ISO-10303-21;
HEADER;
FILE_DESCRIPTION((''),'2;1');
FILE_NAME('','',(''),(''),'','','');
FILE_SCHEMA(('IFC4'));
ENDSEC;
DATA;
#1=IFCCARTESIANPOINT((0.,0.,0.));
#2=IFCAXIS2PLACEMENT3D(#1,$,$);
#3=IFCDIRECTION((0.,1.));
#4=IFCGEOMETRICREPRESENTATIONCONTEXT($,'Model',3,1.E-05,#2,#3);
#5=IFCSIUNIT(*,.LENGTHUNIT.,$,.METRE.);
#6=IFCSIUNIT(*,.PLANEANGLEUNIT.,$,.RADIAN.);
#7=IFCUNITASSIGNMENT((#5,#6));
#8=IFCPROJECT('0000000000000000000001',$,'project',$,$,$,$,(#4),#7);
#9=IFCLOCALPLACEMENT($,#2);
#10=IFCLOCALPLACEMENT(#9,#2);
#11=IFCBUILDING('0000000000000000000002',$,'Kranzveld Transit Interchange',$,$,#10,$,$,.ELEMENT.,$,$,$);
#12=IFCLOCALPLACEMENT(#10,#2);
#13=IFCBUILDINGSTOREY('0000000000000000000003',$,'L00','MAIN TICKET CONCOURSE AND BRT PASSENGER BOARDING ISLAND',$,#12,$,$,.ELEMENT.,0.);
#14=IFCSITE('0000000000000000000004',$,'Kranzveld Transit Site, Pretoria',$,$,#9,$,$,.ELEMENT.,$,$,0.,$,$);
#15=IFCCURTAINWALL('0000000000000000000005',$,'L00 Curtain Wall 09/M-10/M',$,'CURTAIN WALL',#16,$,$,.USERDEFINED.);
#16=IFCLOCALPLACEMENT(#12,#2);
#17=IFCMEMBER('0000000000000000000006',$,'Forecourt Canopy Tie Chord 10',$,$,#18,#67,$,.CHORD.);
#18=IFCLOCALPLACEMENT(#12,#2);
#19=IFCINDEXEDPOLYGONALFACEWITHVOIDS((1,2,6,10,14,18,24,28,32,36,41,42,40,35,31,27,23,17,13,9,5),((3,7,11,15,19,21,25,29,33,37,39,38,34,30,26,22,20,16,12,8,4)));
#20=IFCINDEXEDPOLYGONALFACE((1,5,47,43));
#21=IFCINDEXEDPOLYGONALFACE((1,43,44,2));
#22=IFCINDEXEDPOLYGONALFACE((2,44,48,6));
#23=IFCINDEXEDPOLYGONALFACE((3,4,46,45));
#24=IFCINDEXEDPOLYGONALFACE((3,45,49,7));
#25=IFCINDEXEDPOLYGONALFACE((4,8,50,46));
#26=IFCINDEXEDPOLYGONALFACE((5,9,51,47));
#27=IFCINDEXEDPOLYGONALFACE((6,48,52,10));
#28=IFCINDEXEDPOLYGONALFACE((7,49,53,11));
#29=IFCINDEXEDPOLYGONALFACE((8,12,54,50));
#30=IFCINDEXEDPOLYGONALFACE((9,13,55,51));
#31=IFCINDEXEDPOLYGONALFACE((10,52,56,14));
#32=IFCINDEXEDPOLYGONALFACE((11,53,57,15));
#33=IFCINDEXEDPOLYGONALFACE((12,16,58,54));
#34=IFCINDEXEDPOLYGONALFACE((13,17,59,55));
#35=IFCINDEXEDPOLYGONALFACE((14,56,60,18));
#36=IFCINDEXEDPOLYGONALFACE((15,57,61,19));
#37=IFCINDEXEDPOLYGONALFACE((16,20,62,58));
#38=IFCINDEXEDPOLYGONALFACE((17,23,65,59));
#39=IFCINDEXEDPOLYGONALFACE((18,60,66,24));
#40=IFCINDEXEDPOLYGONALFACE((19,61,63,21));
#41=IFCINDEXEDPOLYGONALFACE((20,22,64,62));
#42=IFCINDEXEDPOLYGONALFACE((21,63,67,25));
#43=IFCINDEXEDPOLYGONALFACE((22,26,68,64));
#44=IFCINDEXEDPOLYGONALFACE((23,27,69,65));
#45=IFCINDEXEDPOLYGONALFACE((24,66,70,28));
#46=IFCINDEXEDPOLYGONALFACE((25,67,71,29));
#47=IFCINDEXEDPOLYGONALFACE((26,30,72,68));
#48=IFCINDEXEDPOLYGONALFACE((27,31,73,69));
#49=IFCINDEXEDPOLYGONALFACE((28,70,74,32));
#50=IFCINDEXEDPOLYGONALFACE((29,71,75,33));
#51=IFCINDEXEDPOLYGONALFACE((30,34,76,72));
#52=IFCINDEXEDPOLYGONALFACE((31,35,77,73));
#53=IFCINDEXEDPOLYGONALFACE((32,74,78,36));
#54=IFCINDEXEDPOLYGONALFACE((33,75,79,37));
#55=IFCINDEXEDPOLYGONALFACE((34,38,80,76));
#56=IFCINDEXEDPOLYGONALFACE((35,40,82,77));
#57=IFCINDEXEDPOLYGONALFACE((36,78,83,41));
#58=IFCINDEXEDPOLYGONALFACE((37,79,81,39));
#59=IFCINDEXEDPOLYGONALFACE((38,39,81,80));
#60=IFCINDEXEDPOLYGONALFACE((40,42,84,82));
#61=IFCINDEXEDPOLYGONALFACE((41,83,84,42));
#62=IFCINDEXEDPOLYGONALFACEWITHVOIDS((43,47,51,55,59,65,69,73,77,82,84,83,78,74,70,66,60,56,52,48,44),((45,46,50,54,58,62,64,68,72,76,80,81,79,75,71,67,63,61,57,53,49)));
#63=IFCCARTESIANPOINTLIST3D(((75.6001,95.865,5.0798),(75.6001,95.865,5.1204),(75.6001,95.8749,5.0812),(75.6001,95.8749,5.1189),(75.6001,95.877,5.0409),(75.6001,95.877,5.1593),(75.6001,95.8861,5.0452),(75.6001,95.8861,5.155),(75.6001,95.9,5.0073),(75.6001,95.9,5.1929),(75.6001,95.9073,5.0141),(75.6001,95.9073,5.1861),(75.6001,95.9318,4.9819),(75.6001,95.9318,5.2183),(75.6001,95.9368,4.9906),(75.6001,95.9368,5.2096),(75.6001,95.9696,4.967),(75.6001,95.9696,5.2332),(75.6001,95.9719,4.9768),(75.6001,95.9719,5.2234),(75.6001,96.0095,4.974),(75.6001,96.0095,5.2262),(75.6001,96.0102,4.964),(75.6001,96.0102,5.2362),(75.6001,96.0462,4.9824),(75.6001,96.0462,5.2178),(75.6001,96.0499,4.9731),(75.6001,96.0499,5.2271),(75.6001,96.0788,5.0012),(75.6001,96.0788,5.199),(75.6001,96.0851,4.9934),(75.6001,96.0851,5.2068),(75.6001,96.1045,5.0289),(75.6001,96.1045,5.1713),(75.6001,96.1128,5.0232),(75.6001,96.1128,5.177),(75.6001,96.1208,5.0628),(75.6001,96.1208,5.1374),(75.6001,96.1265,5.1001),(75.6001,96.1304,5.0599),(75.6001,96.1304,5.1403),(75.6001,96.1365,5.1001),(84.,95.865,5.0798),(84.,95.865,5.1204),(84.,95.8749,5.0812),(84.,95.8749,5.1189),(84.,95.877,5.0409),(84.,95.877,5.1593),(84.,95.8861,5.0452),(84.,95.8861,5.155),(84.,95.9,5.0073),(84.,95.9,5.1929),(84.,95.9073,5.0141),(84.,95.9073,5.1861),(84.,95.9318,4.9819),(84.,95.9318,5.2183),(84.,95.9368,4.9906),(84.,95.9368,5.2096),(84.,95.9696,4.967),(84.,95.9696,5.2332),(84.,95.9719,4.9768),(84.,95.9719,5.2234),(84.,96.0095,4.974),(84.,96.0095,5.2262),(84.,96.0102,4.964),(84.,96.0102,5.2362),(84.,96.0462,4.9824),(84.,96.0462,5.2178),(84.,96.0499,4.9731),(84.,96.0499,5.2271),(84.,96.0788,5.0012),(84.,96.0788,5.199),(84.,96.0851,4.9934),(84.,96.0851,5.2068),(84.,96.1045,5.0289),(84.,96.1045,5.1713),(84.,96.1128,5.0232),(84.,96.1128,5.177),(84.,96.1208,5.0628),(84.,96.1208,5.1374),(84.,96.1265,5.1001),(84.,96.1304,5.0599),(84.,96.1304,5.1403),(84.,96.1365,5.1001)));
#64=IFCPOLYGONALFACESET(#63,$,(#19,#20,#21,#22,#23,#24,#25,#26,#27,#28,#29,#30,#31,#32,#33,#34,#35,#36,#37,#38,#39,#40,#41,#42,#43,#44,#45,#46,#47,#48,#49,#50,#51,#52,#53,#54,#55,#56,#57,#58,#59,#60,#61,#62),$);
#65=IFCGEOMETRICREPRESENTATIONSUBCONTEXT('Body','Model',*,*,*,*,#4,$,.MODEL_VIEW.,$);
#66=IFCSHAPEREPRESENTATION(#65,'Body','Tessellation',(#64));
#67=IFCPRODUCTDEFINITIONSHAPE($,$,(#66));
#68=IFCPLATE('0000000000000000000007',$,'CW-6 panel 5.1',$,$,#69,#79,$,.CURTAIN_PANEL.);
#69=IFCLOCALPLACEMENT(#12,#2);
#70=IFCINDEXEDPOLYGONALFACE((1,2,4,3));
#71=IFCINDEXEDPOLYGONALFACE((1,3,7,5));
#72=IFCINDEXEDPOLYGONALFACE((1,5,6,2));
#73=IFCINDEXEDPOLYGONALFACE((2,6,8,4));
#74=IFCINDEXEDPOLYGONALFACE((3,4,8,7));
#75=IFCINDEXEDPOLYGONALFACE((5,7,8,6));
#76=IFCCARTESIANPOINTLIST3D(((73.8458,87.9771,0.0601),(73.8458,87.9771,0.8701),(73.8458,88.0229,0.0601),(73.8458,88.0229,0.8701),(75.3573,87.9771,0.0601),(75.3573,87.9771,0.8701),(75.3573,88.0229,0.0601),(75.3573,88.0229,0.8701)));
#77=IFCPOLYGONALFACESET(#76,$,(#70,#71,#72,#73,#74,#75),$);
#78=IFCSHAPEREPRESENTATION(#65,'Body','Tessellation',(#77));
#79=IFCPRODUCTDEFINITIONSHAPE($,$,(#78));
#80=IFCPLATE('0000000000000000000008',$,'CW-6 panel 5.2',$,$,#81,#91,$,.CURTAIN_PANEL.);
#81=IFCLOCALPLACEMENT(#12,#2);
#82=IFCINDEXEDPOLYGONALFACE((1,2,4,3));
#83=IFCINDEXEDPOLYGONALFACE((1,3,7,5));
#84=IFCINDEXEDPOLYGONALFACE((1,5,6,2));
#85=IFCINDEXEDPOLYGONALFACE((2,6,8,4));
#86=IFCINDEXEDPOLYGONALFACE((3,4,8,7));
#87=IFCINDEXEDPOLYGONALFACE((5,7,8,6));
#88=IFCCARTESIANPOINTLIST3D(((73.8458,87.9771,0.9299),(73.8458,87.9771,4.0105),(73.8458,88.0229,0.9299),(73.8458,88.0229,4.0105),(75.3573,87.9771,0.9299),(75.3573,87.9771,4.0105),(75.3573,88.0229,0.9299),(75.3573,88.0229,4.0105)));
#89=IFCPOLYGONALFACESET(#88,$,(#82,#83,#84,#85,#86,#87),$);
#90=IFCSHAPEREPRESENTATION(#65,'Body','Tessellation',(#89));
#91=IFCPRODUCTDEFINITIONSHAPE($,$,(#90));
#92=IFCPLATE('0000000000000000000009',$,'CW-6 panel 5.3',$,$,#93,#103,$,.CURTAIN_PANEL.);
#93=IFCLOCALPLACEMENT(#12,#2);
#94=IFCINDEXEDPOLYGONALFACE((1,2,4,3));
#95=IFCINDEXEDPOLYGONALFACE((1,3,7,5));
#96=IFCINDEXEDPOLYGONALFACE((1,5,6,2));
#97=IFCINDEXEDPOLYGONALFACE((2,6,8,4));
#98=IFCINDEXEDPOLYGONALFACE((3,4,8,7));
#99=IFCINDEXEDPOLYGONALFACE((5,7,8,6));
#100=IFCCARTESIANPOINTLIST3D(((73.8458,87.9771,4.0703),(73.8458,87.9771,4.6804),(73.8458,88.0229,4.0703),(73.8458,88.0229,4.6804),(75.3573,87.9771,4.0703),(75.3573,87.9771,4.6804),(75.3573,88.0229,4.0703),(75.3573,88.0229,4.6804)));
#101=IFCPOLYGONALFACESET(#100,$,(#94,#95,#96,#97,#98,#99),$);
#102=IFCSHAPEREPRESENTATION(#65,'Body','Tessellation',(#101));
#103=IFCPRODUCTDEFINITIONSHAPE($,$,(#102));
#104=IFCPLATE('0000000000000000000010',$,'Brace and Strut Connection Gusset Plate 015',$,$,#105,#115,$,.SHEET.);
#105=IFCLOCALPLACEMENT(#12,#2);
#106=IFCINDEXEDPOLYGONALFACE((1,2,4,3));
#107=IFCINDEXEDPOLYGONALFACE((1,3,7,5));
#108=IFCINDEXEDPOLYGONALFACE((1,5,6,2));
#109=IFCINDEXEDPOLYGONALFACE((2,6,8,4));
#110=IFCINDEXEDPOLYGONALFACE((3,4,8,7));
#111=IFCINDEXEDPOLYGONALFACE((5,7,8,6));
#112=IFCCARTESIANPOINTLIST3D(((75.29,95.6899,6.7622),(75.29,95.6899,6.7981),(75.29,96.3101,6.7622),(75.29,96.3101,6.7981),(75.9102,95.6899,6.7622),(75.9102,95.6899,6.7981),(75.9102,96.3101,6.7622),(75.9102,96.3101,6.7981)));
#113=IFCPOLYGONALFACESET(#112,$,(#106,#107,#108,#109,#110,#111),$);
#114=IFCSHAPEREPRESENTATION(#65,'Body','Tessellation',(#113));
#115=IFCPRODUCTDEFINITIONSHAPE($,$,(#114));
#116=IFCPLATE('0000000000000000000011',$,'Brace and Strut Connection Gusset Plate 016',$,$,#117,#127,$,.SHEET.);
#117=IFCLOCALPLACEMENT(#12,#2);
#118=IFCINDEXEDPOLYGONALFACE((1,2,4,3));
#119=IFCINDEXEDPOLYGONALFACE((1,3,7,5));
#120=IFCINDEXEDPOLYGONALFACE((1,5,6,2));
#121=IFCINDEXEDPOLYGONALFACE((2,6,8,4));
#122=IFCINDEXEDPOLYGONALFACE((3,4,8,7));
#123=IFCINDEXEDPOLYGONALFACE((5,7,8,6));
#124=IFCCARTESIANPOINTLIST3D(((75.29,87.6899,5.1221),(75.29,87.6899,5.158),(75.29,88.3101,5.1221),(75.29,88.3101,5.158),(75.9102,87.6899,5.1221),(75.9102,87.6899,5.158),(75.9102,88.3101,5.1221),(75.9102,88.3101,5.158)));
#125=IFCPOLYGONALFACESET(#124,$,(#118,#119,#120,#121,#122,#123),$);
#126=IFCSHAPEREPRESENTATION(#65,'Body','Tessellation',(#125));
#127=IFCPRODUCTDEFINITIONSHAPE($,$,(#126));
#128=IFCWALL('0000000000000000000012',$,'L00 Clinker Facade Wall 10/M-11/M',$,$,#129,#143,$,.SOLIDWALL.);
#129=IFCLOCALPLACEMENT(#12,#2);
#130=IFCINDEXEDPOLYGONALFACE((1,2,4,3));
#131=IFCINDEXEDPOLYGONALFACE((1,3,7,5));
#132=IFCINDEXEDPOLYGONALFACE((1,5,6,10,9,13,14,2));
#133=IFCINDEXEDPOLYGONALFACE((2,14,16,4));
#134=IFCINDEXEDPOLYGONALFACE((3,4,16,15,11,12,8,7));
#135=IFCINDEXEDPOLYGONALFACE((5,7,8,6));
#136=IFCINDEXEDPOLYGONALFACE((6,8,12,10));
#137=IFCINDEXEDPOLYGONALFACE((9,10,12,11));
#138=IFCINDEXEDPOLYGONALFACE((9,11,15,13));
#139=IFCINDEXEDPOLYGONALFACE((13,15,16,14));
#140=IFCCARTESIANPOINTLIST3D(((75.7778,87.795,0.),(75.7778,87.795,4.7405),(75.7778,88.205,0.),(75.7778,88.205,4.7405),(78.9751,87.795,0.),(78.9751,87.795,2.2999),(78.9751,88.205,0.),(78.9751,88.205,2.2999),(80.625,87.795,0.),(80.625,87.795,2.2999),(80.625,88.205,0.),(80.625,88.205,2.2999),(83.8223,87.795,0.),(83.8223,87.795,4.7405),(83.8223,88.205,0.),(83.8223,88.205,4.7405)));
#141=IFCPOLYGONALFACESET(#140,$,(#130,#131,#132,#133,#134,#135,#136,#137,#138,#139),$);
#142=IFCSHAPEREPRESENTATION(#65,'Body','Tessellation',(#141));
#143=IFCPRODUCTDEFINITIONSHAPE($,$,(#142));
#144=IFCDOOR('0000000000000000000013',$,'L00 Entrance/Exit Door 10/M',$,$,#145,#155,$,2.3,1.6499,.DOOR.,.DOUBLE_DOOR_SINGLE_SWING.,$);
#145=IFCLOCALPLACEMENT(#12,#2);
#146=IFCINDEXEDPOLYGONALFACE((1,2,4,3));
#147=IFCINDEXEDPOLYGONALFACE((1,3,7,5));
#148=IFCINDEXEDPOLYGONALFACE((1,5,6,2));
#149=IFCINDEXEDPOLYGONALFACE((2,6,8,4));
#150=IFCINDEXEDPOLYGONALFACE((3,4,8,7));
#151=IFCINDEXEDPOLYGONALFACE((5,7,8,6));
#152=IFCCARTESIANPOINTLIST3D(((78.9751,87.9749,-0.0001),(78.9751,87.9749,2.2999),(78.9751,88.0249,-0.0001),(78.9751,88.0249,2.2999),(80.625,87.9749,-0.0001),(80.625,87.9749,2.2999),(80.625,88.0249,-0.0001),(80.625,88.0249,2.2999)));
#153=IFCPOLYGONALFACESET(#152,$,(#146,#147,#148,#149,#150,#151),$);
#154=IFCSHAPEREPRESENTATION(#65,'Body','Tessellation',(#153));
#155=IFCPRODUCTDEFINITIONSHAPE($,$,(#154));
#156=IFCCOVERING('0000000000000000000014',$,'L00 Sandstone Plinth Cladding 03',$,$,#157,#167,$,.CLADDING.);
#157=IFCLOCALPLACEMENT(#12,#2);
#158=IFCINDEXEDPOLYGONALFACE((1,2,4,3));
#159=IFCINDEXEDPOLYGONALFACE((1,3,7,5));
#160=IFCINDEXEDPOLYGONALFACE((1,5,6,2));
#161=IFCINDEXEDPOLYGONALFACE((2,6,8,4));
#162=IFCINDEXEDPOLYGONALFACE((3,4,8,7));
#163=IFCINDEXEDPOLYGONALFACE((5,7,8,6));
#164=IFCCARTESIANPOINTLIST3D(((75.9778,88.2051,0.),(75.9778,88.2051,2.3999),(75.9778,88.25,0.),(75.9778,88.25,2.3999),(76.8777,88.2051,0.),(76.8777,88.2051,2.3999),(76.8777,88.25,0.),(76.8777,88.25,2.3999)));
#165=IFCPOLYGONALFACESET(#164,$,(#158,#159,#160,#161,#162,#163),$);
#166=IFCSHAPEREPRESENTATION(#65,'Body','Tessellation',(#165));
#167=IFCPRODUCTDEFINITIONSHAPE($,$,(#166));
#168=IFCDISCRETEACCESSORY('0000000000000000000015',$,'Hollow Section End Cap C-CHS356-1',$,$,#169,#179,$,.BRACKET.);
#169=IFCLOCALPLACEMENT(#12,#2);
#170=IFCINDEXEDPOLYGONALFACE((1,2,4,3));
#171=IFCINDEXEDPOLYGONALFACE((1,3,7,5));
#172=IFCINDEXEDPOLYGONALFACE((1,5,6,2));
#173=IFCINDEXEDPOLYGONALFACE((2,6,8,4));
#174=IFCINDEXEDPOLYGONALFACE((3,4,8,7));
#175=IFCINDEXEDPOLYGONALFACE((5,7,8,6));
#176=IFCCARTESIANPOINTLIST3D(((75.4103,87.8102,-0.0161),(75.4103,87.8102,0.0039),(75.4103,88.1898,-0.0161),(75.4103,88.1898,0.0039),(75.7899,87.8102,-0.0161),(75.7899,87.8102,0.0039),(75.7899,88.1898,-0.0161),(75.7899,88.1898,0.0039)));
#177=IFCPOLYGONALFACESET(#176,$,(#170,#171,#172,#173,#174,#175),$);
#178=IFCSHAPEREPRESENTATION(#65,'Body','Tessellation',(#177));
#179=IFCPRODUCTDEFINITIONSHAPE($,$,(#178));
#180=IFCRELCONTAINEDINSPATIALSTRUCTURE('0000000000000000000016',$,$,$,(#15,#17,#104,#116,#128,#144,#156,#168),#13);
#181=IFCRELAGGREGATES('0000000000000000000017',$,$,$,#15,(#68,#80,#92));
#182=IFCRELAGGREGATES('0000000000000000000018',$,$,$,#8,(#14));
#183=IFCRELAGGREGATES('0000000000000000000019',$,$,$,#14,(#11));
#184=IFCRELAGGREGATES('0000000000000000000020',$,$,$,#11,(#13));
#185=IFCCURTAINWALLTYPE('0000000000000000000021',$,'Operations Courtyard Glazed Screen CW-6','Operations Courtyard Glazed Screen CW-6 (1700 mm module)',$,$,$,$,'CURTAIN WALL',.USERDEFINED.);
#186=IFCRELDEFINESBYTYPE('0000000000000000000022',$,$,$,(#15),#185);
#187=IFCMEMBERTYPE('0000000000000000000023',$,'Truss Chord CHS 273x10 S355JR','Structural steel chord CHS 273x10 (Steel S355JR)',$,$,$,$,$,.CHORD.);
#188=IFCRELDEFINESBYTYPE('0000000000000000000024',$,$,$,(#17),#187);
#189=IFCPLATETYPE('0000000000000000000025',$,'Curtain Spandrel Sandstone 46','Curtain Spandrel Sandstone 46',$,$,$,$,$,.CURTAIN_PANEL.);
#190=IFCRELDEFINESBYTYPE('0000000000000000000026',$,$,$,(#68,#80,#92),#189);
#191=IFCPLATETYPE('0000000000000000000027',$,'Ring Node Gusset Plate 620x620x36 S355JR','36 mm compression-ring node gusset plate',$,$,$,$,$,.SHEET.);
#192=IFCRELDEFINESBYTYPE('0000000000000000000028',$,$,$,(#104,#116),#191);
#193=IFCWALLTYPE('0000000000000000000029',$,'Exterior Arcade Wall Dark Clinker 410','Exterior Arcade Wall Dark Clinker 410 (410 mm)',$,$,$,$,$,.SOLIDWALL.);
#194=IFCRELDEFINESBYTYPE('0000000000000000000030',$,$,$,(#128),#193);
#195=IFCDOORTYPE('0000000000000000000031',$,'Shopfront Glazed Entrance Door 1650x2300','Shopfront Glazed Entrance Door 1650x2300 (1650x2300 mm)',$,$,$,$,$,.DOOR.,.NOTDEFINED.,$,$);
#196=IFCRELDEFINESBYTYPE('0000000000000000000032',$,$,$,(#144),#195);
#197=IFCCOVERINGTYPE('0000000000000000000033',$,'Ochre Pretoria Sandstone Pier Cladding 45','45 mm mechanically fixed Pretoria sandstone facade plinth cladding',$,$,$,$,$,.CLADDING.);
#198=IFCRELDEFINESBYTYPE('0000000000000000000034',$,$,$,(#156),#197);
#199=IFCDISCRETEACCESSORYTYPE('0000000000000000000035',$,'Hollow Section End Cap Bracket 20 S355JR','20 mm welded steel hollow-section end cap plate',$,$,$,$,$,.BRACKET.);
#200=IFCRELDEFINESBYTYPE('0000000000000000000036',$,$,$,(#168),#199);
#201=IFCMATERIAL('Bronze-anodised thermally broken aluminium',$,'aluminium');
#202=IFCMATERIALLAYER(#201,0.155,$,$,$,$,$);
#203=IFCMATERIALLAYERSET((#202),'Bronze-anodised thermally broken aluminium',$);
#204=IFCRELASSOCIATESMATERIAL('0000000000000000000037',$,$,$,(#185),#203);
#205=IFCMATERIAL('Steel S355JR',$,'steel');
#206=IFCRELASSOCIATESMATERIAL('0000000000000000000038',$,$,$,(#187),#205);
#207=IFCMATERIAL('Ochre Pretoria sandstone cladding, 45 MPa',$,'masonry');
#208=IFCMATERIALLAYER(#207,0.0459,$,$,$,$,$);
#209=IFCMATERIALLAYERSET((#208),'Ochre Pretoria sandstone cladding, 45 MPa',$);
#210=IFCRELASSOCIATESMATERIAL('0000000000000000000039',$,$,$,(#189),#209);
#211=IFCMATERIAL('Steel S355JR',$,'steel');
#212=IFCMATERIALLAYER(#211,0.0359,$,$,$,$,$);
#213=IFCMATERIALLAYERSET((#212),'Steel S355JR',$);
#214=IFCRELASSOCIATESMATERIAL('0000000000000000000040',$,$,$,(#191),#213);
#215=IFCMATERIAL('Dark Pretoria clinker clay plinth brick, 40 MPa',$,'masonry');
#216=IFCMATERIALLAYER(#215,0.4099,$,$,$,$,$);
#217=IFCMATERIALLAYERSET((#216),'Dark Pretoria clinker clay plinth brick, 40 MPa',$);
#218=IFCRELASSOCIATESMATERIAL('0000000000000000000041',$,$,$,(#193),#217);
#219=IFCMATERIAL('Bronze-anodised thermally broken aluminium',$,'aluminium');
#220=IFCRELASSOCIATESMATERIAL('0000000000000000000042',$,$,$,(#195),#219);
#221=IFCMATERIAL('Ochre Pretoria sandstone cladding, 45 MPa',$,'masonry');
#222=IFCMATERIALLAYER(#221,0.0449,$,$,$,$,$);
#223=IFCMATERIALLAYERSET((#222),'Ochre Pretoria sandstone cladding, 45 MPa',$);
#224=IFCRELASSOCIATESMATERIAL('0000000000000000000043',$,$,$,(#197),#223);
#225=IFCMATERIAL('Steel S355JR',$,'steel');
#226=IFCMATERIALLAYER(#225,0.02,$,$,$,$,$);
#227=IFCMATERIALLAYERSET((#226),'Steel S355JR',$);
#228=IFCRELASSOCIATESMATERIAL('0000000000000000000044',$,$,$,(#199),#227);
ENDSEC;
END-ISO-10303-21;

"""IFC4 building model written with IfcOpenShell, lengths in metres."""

from ifc_helpers import new_model, si_unit, direction, frame, frame_2d, origin, origin_2d, place, context, subcontext, project, spatial, rectangle, hollow_circle, extrude, material, layer, layer_set, material_profile, profile_set, type_object, element, fill, aggregate, save


model = new_model("IFC4")

# Units and contexts
model_context = context("Model", 3, precision=1e-05, world=origin(), true_north=direction((0.0, 1.0)))
body_context = subcontext(model_context, "Body", "Model", "MODEL_VIEW")
ifc_project = project(units=[si_unit("LENGTHUNIT", "METRE"), si_unit("PLANEANGLEUNIT", "RADIAN")], contexts=[model_context])

# Site, building, storey
site_placement = place(None, origin())
site = spatial("IfcSite", under=ifc_project, at=site_placement, Name="Kranzveld Transit Site, Pretoria", CompositionType="ELEMENT", RefElevation=0.0)
building_placement = place(site_placement, origin())
building = spatial("IfcBuilding", under=site, at=building_placement, Name="Kranzveld Transit Interchange", CompositionType="ELEMENT")
storey_placement = place(building_placement, origin())
storey = spatial("IfcBuildingStorey", under=building, at=storey_placement, Name="L00", Description="MAIN TICKET CONCOURSE AND BRT PASSENGER BOARDING ISLAND", CompositionType="ELEMENT", Elevation=0.0)

# Curtain wall
ifc_material_1 = material(Name="Bronze-anodised thermally broken aluminium", Category="aluminium")
ifc_layer_1 = layer(ifc_material_1, 0.155)
ifc_layer_set_1 = layer_set([ifc_layer_1], Name="Bronze-anodised thermally broken aluminium")
curtain_wall_type = type_object("IfcCurtainWallType", Name="Operations Courtyard Glazed Screen CW-6", Description="Operations Courtyard Glazed Screen CW-6 (1700 mm module)", ElementType="CURTAIN WALL", PredefinedType="USERDEFINED", material=ifc_layer_set_1)
curtain_wall_placement = place(storey_placement, origin())
curtain_wall = element("IfcCurtainWall", 1, at=curtain_wall_placement, inside=storey, type_object=curtain_wall_type, Name="L00 Curtain Wall 09/M-10/M", ObjectType="CURTAIN WALL", PredefinedType="USERDEFINED")

# Member
ifc_material_2 = material(Name="Steel S355JR", Category="steel")
ifc_material_profile_1 = material_profile(ifc_material_2, hollow_circle(Radius=0.1365, WallThickness=0.01, at=origin_2d()), Name="CHS 273x10")
ifc_profile_set_1 = profile_set([ifc_material_profile_1], Name="Steel S355JR")
member_type_1 = type_object("IfcMemberType", Name="Truss Chord CHS 273x10 S355JR", Description="Structural steel chord CHS 273x10 (Steel S355JR)", PredefinedType="CHORD", material=ifc_profile_set_1)
member_1_placement = place(storey_placement, frame((75.6001, 96.0, 5.1001), z_axis=(1.0, 0.0, 0.0), x_axis=(0.0, 1.0, 0.0)))
element("IfcMember", 2, at=member_1_placement, inside=storey, type_object=member_type_1, Name="Forecourt Canopy Tie Chord 10", PredefinedType="CHORD", context=body_context, shape_type="SweptSolid", body=[
    extrude(hollow_circle(Radius=0.1365, WallThickness=0.01, at=origin_2d()), origin(), (0.0, 0.0, 1.0), 8.3999),
])

# Plates
ifc_material_3 = material(Name="Ochre Pretoria sandstone cladding, 45 MPa", Category="masonry")
ifc_layer_2 = layer(ifc_material_3, 0.0459)
ifc_layer_set_2 = layer_set([ifc_layer_2], Name="Ochre Pretoria sandstone cladding, 45 MPa")
plate_type_1 = type_object("IfcPlateType", Name="Curtain Spandrel Sandstone 46", Description="Curtain Spandrel Sandstone 46", PredefinedType="CURTAIN_PANEL", material=ifc_layer_set_2)
plate_1_placement = place(storey_placement, frame((74.6016, 88.0, 0.0601), z_axis=(0.0, 0.0, 1.0), x_axis=(1.0, 0.0, 0.0)))
plate_1 = element("IfcPlate", 3, at=plate_1_placement, type_object=plate_type_1, Name="CW-6 panel 5.1", PredefinedType="CURTAIN_PANEL", context=body_context, shape_type="SweptSolid", body=[
    extrude(rectangle(XDim=1.5115, YDim=0.0459, at=origin_2d()), origin(), (0.0, 0.0, 1.0), 0.8101),
])
plate_2_placement = place(storey_placement, frame((74.6016, 88.0, 0.9299), z_axis=(0.0, 0.0, 1.0), x_axis=(1.0, 0.0, 0.0)))
plate_2 = element("IfcPlate", 4, at=plate_2_placement, type_object=plate_type_1, Name="CW-6 panel 5.2", PredefinedType="CURTAIN_PANEL", context=body_context, shape_type="SweptSolid", body=[
    extrude(rectangle(XDim=1.5115, YDim=0.0459, at=origin_2d()), origin(), (0.0, 0.0, 1.0), 3.0806),
])
plate_3_placement = place(storey_placement, frame((74.6016, 88.0, 4.0703), z_axis=(0.0, 0.0, 1.0), x_axis=(1.0, 0.0, 0.0)))
plate_3 = element("IfcPlate", 5, at=plate_3_placement, type_object=plate_type_1, Name="CW-6 panel 5.3", PredefinedType="CURTAIN_PANEL", context=body_context, shape_type="SweptSolid", body=[
    extrude(rectangle(XDim=1.5115, YDim=0.0459, at=origin_2d()), origin(), (0.0, 0.0, 1.0), 0.6101),
])
aggregate(curtain_wall, [plate_1, plate_2, plate_3])

# Plates
ifc_material_4 = material(Name="Steel S355JR", Category="steel")
ifc_layer_3 = layer(ifc_material_4, 0.0359)
ifc_layer_set_3 = layer_set([ifc_layer_3], Name="Steel S355JR")
plate_type_2 = type_object("IfcPlateType", Name="Ring Node Gusset Plate 620x620x36 S355JR", Description="36 mm compression-ring node gusset plate", PredefinedType="SHEET", material=ifc_layer_set_3)
for number, where, z_axis, x_axis, name in (
    (6, (75.6001, 96.0, 6.7622), (0.0, 0.0, 1.0), (1.0, 0.0, 0.0), "Brace and Strut Connection Gusset Plate 015"),
    (7, (75.6001, 88.0, 5.1221), (0.0, 0.0, 1.0), (1.0, 0.0, 0.0), "Brace and Strut Connection Gusset Plate 016"),
):
    element("IfcPlate", number, at=place(storey_placement, frame(where, z_axis=z_axis, x_axis=x_axis)), inside=storey, type_object=plate_type_2, Name=name, PredefinedType="SHEET", context=body_context, shape_type="SweptSolid", body=[
        extrude(rectangle(XDim=0.6201, YDim=0.6201, at=origin_2d()), origin(), (0.0, 0.0, 1.0), 0.0359),
    ])

# Wall, opening, door
ifc_material_5 = material(Name="Dark Pretoria clinker clay plinth brick, 40 MPa", Category="masonry")
ifc_layer_4 = layer(ifc_material_5, 0.4099)
ifc_layer_set_4 = layer_set([ifc_layer_4], Name="Dark Pretoria clinker clay plinth brick, 40 MPa")
wall_type = type_object("IfcWallType", Name="Exterior Arcade Wall Dark Clinker 410", Description="Exterior Arcade Wall Dark Clinker 410 (410 mm)", PredefinedType="SOLIDWALL", material=ifc_layer_set_4)
wall_placement = place(storey_placement, frame((75.7778, 88.0, 0.0), z_axis=(0.0, 0.0, 1.0), x_axis=(1.0, 0.0, 0.0)))
wall = element("IfcWall", 8, at=wall_placement, inside=storey, type_object=wall_type, Name="L00 Clinker Facade Wall 10/M-11/M", PredefinedType="SOLIDWALL", context=body_context, shape_type="SweptSolid", body=[
    extrude(rectangle(XDim=8.0444, YDim=0.4099, at=frame_2d((4.0222, 0.0))), origin(), (0.0, 0.0, 1.0), 4.7405),
])
opening_placement = place(wall_placement, frame((3.1973, 0.0, 0.0), z_axis=(0.0, 0.0, 1.0), x_axis=(1.0, 0.0, 0.0)))
opening = element("IfcOpeningElement", 9, at=opening_placement, cuts=wall, PredefinedType="OPENING", context=body_context, shape_type="SweptSolid", body=[
    extrude(rectangle(XDim=1.6499, YDim=2.3, at=frame_2d((0.825, 1.1499))), frame((0.0, 0.2148, 0.0), z_axis=(0.0, -1.0, 0.0), x_axis=(1.0, 0.0, 0.0)), (0.0, 0.0, 1.0), 0.4299),
])
ifc_material_6 = material(Name="Bronze-anodised thermally broken aluminium", Category="aluminium")
door_type = type_object("IfcDoorType", Name="Shopfront Glazed Entrance Door 1650x2300", Description="Shopfront Glazed Entrance Door 1650x2300 (1650x2300 mm)", OperationType="NOTDEFINED", PredefinedType="DOOR", material=ifc_material_6)
door_placement = place(opening_placement, origin())
door = element("IfcDoor", 10, at=door_placement, inside=storey, type_object=door_type, Name="L00 Entrance/Exit Door 10/M", OperationType="DOUBLE_DOOR_SINGLE_SWING", OverallHeight=2.3, OverallWidth=1.6499, PredefinedType="DOOR", context=body_context, shape_type="SweptSolid", body=[
    extrude(rectangle(XDim=1.6499, YDim=2.3, at=frame_2d((0.825, 1.1499))), frame((0.0, 0.0249, 0.0), z_axis=(0.0, -1.0, 0.0), x_axis=(1.0, 0.0, 0.0)), (0.0, 0.0, 1.0), 0.05),
])
fill(opening, door)

# Covering
ifc_material_7 = material(Name="Ochre Pretoria sandstone cladding, 45 MPa", Category="masonry")
ifc_layer_5 = layer(ifc_material_7, 0.0449)
ifc_layer_set_5 = layer_set([ifc_layer_5], Name="Ochre Pretoria sandstone cladding, 45 MPa")
covering_type = type_object("IfcCoveringType", Name="Ochre Pretoria Sandstone Pier Cladding 45", Description="45 mm mechanically fixed Pretoria sandstone facade plinth cladding", PredefinedType="CLADDING", material=ifc_layer_set_5)
covering_placement = place(storey_placement, frame((76.4277, 88.2275, 0.0), z_axis=(0.0, 0.0, 1.0), x_axis=(1.0, 0.0, 0.0)))
element("IfcCovering", 11, at=covering_placement, inside=storey, type_object=covering_type, Name="L00 Sandstone Plinth Cladding 03", PredefinedType="CLADDING", context=body_context, shape_type="SweptSolid", body=[
    extrude(rectangle(XDim=0.8999, YDim=0.0449, at=origin_2d()), origin(), (0.0, 0.0, 1.0), 2.3999),
])

# Discrete accessory
ifc_material_8 = material(Name="Steel S355JR", Category="steel")
ifc_layer_6 = layer(ifc_material_8, 0.02)
ifc_layer_set_6 = layer_set([ifc_layer_6], Name="Steel S355JR")
discrete_accessory_type = type_object("IfcDiscreteAccessoryType", Name="Hollow Section End Cap Bracket 20 S355JR", Description="20 mm welded steel hollow-section end cap plate", PredefinedType="BRACKET", material=ifc_layer_set_6)
for number, where, z_axis, x_axis, name in (
    (12, (75.6001, 88.0, 0.0039), (0.0, 0.0, -1.0), (1.0, 0.0, 0.0), "Hollow Section End Cap C-CHS356-1"),
):
    element("IfcDiscreteAccessory", number, at=place(storey_placement, frame(where, z_axis=z_axis, x_axis=x_axis)), inside=storey, type_object=discrete_accessory_type, Name=name, PredefinedType="BRACKET", context=body_context, shape_type="SweptSolid", body=[
        extrude(rectangle(XDim=0.3796, YDim=0.3796, at=origin_2d()), origin(), (0.0, 0.0, 1.0), 0.02),
    ])

save(model, "model.ifc")
